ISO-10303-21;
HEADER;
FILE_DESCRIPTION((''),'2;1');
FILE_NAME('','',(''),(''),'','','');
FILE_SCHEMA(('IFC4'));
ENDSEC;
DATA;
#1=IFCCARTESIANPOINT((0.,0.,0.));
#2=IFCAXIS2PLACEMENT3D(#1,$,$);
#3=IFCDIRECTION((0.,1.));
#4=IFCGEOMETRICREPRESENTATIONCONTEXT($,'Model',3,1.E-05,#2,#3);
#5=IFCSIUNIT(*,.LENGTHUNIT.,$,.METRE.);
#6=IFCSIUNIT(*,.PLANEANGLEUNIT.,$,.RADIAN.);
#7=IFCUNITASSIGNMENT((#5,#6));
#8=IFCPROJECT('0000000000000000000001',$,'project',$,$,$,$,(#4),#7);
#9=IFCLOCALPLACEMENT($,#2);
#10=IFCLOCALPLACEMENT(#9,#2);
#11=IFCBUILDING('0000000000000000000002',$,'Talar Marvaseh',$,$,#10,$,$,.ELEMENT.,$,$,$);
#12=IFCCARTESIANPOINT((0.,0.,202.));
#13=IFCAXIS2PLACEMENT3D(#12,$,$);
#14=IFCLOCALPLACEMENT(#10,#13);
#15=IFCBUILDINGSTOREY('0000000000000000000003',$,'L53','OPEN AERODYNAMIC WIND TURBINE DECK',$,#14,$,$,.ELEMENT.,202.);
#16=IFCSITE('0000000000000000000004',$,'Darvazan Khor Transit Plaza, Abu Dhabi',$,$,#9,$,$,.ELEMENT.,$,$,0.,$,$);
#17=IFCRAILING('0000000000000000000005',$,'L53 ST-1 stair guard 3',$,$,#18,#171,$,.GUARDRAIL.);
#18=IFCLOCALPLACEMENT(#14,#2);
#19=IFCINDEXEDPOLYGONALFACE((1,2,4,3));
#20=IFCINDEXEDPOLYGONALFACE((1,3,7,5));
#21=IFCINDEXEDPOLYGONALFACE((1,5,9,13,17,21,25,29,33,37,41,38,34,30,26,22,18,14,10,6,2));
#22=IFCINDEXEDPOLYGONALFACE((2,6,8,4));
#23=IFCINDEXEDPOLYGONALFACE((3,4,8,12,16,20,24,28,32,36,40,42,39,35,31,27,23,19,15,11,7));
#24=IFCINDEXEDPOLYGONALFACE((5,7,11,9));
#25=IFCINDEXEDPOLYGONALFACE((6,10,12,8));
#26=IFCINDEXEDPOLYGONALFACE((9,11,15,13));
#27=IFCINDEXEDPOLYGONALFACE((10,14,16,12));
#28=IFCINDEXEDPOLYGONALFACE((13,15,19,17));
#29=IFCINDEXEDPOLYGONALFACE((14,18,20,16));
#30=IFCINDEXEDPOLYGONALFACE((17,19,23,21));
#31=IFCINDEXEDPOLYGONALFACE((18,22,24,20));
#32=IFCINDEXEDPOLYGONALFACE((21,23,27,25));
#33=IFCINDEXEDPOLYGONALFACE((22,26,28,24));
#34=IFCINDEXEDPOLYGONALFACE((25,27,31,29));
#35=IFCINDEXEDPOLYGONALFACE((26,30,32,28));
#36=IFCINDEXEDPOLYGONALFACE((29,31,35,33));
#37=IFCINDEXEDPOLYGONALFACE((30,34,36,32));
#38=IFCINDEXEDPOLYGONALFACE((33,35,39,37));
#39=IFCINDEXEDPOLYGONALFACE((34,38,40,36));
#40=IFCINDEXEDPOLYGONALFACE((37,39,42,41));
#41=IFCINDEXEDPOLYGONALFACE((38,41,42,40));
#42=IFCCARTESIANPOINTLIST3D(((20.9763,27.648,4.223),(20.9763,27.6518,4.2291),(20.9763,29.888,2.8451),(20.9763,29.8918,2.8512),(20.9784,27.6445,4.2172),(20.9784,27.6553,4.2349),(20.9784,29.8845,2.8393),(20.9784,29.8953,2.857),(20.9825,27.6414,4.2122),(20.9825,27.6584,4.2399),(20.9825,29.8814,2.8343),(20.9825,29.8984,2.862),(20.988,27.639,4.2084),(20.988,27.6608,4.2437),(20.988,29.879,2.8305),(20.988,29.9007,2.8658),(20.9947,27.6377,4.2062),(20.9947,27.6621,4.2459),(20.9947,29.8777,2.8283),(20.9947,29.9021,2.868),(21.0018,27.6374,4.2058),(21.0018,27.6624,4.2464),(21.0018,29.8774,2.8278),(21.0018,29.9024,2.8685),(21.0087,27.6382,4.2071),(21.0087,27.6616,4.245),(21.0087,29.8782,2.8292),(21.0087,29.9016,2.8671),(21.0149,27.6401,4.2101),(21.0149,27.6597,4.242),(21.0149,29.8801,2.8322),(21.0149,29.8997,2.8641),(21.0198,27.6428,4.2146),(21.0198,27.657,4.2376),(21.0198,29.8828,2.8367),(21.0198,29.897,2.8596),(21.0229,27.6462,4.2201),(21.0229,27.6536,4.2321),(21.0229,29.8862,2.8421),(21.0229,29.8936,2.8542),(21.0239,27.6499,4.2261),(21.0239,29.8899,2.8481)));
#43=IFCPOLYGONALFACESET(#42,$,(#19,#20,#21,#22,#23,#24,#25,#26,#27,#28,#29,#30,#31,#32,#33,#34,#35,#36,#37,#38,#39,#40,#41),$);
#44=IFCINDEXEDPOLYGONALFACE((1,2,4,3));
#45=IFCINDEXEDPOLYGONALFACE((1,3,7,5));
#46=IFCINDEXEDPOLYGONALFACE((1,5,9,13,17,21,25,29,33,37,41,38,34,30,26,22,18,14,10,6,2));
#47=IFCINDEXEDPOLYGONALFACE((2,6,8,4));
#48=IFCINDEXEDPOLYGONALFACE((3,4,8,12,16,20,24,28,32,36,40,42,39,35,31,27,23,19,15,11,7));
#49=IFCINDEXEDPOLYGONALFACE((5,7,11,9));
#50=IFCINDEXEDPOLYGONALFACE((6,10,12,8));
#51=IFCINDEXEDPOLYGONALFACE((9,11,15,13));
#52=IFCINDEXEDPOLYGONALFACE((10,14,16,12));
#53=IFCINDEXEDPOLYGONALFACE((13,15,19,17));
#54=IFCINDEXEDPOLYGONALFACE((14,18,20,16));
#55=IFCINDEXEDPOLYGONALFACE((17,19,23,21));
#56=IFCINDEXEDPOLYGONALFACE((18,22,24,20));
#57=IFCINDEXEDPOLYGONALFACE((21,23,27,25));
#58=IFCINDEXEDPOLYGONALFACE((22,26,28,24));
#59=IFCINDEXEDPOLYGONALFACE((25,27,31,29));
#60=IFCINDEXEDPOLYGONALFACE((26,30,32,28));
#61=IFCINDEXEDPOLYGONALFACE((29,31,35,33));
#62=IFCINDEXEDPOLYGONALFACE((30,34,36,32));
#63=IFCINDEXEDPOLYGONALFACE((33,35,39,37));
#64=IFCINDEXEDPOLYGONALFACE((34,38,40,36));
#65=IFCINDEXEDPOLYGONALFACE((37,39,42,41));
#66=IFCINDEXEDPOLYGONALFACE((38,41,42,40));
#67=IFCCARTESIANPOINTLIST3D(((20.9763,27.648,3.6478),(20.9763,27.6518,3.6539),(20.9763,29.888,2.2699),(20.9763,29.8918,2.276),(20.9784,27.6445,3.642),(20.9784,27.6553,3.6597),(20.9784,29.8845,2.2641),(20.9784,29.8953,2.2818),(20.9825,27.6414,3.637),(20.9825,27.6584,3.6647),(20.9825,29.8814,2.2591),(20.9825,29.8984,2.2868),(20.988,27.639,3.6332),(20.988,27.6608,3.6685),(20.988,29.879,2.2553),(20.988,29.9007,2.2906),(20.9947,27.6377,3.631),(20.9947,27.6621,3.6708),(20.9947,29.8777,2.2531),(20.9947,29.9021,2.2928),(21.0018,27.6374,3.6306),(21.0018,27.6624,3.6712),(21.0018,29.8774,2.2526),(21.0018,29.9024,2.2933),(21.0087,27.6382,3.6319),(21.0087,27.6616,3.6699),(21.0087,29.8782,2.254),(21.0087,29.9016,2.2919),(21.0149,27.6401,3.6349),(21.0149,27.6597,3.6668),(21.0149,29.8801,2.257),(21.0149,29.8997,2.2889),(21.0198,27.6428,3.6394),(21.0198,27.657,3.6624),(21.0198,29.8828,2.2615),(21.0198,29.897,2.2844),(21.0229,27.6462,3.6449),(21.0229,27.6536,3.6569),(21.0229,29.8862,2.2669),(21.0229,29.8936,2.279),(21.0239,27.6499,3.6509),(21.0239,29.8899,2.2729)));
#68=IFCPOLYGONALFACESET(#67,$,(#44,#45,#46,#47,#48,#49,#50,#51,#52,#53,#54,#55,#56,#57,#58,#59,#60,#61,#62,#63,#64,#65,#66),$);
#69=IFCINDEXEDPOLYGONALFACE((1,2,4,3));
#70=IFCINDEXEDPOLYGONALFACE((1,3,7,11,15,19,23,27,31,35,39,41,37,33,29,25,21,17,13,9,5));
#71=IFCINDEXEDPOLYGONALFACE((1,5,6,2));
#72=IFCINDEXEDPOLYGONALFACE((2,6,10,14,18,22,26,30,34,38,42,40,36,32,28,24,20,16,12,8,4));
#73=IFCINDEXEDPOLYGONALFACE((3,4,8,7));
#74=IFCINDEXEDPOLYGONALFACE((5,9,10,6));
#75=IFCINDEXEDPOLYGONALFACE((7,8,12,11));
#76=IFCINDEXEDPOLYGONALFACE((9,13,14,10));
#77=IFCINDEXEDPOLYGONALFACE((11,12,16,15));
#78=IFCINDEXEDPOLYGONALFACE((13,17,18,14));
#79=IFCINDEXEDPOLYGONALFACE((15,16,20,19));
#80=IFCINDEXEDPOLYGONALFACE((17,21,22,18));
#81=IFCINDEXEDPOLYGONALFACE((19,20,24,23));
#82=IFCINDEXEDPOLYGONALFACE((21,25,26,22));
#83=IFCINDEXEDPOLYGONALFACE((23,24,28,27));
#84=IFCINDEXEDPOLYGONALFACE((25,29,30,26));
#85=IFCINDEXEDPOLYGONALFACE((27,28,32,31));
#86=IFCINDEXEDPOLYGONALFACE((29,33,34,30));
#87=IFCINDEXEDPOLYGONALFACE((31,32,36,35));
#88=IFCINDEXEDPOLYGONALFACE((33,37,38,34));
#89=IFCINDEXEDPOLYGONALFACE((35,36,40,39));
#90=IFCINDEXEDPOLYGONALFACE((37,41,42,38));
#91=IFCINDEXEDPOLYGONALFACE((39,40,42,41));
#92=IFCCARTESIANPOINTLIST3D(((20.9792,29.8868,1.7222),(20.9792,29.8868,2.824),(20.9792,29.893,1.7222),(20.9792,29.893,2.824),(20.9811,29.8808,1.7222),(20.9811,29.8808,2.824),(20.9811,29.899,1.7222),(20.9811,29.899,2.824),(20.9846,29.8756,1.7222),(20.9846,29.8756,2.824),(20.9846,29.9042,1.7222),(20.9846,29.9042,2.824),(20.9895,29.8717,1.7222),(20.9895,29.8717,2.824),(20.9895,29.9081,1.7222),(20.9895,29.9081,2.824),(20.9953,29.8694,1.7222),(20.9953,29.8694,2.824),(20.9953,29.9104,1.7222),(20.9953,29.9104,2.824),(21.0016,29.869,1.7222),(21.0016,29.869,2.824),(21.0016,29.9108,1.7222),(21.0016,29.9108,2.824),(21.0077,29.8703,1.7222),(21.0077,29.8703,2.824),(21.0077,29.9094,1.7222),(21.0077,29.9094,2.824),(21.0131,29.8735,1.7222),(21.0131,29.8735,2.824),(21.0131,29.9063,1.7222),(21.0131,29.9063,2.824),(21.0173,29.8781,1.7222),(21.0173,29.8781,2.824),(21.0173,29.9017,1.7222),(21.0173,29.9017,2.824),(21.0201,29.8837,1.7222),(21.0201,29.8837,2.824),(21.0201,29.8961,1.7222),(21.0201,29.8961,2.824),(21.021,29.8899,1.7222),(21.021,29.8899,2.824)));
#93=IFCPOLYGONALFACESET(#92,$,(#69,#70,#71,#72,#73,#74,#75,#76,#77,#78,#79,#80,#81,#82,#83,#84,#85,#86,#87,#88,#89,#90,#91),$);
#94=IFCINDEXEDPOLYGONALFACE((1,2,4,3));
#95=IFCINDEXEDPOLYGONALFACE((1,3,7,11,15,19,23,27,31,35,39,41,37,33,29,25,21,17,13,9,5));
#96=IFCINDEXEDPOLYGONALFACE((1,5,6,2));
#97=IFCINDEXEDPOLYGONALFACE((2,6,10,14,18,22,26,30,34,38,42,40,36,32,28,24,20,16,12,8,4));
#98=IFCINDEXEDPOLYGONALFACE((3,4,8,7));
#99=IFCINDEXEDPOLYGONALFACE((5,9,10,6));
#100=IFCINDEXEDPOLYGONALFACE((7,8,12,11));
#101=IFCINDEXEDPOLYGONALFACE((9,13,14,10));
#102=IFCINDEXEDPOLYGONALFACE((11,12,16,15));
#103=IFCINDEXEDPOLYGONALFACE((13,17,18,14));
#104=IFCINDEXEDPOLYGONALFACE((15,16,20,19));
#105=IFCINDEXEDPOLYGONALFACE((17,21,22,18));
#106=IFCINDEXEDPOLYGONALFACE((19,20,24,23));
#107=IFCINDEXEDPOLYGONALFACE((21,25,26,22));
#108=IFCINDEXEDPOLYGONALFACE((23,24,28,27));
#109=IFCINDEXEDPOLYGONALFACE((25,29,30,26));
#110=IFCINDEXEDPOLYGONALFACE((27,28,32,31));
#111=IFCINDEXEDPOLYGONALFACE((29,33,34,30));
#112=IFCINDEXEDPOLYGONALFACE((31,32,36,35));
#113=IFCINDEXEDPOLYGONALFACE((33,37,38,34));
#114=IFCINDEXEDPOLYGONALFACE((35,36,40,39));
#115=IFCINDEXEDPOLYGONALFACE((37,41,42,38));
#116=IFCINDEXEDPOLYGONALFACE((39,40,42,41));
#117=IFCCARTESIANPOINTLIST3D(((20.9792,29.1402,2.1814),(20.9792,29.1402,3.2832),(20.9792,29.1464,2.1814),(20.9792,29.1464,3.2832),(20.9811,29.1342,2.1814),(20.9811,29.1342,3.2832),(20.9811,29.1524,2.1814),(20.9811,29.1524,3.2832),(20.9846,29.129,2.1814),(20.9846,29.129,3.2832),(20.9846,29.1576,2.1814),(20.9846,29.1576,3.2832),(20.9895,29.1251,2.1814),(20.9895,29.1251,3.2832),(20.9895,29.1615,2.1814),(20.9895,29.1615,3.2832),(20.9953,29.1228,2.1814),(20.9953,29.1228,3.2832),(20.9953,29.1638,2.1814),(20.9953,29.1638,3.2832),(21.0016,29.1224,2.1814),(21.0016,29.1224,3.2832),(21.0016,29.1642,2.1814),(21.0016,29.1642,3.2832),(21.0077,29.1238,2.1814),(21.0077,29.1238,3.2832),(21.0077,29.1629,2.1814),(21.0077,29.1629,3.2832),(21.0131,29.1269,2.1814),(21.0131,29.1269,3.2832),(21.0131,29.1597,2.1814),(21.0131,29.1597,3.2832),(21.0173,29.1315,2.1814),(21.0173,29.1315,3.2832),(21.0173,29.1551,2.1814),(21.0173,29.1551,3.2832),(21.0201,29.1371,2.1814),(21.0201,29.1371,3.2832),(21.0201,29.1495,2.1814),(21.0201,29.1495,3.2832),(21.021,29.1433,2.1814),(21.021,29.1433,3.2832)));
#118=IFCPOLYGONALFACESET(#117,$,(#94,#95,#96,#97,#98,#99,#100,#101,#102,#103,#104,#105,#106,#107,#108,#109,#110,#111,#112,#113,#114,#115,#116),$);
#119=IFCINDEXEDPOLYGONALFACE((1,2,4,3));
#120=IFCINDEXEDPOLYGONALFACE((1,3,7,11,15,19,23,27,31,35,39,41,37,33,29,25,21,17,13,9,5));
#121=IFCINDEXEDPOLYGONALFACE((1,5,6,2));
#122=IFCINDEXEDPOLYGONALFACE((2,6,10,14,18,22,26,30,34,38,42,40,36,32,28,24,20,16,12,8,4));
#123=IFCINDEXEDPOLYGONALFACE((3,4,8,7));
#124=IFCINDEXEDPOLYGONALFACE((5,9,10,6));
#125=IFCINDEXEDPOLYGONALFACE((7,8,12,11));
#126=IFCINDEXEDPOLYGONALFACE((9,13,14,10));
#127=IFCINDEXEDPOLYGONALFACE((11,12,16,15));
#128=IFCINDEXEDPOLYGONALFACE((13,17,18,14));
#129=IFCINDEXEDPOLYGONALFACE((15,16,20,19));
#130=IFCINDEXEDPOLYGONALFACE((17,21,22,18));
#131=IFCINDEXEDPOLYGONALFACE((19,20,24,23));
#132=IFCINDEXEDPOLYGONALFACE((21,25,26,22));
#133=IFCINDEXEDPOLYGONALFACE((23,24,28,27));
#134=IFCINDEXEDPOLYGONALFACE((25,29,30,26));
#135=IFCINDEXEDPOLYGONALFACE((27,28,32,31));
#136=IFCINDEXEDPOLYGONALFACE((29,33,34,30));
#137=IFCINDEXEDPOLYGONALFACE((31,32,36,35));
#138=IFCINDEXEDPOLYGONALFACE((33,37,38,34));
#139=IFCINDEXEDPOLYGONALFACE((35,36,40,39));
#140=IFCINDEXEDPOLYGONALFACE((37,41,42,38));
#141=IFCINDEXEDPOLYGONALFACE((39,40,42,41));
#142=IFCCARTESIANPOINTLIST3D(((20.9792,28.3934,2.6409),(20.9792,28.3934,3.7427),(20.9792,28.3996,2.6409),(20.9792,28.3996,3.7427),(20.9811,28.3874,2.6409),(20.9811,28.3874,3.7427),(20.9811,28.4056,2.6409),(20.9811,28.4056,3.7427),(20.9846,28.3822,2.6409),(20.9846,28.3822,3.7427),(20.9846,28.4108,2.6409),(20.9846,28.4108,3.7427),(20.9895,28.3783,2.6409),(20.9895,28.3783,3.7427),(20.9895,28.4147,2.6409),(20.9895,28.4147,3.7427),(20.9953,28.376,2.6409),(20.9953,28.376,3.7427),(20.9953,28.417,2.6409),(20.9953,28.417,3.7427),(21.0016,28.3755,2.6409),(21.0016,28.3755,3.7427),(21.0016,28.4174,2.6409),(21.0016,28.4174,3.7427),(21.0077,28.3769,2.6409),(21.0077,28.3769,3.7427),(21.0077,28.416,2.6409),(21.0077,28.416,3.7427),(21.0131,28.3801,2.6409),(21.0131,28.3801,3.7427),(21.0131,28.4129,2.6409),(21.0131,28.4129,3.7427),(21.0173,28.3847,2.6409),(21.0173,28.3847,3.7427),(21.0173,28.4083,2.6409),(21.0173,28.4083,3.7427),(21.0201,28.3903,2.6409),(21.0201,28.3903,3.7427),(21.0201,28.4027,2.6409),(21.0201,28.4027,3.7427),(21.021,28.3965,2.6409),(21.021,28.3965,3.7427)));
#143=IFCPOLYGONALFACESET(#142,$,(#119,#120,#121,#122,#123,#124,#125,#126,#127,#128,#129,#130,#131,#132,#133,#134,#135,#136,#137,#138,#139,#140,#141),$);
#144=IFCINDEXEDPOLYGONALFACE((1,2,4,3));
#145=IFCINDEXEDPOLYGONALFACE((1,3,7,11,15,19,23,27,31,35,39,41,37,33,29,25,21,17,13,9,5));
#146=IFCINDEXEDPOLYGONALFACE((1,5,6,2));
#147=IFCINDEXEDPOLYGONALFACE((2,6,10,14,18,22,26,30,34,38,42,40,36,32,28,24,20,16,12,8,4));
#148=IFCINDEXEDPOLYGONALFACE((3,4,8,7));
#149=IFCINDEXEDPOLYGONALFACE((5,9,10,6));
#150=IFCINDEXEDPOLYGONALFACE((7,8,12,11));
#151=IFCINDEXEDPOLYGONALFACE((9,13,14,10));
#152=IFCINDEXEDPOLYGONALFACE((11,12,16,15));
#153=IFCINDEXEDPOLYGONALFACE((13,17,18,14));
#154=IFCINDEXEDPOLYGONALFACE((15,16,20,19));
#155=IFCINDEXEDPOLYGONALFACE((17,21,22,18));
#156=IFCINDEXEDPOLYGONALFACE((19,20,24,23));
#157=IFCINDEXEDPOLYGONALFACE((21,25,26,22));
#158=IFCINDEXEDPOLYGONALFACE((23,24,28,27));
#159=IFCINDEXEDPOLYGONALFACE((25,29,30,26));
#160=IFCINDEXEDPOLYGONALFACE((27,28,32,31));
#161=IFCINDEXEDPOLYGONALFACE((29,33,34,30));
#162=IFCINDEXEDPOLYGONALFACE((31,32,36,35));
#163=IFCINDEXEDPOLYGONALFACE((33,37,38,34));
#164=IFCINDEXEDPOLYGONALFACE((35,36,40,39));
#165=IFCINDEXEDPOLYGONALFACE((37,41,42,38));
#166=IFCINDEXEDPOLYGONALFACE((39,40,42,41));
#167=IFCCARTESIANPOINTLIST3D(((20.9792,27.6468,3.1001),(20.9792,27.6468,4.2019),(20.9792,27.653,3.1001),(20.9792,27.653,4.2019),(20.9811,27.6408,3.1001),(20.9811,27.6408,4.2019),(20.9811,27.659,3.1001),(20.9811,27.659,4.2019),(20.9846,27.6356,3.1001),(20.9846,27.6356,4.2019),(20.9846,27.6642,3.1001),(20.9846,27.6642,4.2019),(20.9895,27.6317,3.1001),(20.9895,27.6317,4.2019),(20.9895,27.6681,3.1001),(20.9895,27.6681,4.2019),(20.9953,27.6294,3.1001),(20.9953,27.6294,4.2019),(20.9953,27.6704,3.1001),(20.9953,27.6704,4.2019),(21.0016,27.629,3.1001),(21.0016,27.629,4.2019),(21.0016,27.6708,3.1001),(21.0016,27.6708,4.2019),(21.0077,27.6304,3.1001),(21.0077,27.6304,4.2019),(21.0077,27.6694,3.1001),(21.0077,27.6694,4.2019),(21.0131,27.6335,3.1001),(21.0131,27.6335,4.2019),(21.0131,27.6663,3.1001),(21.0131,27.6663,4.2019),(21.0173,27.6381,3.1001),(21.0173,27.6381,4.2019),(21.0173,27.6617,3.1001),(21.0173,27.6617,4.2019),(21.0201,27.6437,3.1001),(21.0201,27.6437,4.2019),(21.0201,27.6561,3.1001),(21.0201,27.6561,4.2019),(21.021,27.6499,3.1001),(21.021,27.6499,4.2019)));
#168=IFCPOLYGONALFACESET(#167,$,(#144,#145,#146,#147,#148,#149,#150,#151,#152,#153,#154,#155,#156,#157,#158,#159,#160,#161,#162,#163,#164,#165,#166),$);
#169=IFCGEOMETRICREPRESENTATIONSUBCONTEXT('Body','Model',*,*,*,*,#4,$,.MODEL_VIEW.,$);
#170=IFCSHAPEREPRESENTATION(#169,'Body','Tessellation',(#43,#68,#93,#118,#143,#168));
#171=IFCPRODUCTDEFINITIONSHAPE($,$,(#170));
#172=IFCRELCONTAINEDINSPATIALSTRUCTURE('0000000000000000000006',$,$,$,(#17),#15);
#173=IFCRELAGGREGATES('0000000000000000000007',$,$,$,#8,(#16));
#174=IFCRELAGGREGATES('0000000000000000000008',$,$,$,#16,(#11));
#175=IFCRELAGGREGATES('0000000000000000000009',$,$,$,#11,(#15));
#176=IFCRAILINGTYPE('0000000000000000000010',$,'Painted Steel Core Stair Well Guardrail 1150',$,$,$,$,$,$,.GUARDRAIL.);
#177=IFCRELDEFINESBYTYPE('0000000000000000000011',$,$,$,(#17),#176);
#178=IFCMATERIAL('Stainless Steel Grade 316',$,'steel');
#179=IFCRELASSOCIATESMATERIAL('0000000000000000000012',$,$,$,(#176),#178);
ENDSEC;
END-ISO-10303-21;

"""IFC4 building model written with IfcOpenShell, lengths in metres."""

from ifc_helpers import new_model, si_unit, direction, frame, origin, origin_2d, place, context, subcontext, project, spatial, circle, extrude, material, type_object, element, save


model = new_model("IFC4")

# Units and contexts
model_context = context("Model", 3, precision=1e-05, world=origin(), true_north=direction((0.0, 1.0)))
body_context = subcontext(model_context, "Body", "Model", "MODEL_VIEW")
ifc_project = project(units=[si_unit("LENGTHUNIT", "METRE"), si_unit("PLANEANGLEUNIT", "RADIAN")], contexts=[model_context])

# Site, building, storey
site_placement = place(None, origin())
site = spatial("IfcSite", under=ifc_project, at=site_placement, Name="Darvazan Khor Transit Plaza, Abu Dhabi", CompositionType="ELEMENT", RefElevation=0.0)
building_placement = place(site_placement, origin())
building = spatial("IfcBuilding", under=site, at=building_placement, Name="Talar Marvaseh", CompositionType="ELEMENT")
storey_placement = place(building_placement, frame((0.0, 0.0, 202.0)))
storey = spatial("IfcBuildingStorey", under=building, at=storey_placement, Name="L53", Description="OPEN AERODYNAMIC WIND TURBINE DECK", CompositionType="ELEMENT", Elevation=202.0)

# Shared definitions
ifc_material_1 = material(Name="Stainless Steel Grade 316", Category="steel")

# Railing
railing_type_1 = type_object("IfcRailingType", Name="Painted Steel Core Stair Well Guardrail 1150", PredefinedType="GUARDRAIL", material=ifc_material_1)
railing_1_placement = place(storey_placement, frame((21.0, 29.8899, 1.7222)))
element("IfcRailing", 1, at=railing_1_placement, inside=storey, type_object=railing_type_1, Name="L53 ST-1 stair guard 3", PredefinedType="GUARDRAIL", context=body_context, shape_type="SweptSolid", body=[
    extrude(circle(Radius=0.0239, at=origin_2d()), frame((0.0, 0.0, 1.126), z_axis=(0.0, -0.851748, 0.523952), x_axis=(1.0, 0.0, 0.0)), (0.0, 0.0, 1.0), 2.6299),
    extrude(circle(Radius=0.0239, at=origin_2d()), frame((0.0, 0.0, 0.5508), z_axis=(0.0, -0.851748, 0.523952), x_axis=(1.0, 0.0, 0.0)), (0.0, 0.0, 1.0), 2.6299),
    extrude(circle(Radius=0.021, at=origin_2d()), origin(), (0.0, 0.0, 1.0), 1.1018),
    extrude(circle(Radius=0.021, at=origin_2d()), frame((0.0, -0.7466, 0.4592)), (0.0, 0.0, 1.0), 1.1018),
    extrude(circle(Radius=0.021, at=origin_2d()), frame((0.0, -1.4934, 0.9187)), (0.0, 0.0, 1.0), 1.1018),
    extrude(circle(Radius=0.021, at=origin_2d()), frame((0.0, -2.24, 1.3779)), (0.0, 0.0, 1.0), 1.1018),
])

save(model, "model.ifc")
